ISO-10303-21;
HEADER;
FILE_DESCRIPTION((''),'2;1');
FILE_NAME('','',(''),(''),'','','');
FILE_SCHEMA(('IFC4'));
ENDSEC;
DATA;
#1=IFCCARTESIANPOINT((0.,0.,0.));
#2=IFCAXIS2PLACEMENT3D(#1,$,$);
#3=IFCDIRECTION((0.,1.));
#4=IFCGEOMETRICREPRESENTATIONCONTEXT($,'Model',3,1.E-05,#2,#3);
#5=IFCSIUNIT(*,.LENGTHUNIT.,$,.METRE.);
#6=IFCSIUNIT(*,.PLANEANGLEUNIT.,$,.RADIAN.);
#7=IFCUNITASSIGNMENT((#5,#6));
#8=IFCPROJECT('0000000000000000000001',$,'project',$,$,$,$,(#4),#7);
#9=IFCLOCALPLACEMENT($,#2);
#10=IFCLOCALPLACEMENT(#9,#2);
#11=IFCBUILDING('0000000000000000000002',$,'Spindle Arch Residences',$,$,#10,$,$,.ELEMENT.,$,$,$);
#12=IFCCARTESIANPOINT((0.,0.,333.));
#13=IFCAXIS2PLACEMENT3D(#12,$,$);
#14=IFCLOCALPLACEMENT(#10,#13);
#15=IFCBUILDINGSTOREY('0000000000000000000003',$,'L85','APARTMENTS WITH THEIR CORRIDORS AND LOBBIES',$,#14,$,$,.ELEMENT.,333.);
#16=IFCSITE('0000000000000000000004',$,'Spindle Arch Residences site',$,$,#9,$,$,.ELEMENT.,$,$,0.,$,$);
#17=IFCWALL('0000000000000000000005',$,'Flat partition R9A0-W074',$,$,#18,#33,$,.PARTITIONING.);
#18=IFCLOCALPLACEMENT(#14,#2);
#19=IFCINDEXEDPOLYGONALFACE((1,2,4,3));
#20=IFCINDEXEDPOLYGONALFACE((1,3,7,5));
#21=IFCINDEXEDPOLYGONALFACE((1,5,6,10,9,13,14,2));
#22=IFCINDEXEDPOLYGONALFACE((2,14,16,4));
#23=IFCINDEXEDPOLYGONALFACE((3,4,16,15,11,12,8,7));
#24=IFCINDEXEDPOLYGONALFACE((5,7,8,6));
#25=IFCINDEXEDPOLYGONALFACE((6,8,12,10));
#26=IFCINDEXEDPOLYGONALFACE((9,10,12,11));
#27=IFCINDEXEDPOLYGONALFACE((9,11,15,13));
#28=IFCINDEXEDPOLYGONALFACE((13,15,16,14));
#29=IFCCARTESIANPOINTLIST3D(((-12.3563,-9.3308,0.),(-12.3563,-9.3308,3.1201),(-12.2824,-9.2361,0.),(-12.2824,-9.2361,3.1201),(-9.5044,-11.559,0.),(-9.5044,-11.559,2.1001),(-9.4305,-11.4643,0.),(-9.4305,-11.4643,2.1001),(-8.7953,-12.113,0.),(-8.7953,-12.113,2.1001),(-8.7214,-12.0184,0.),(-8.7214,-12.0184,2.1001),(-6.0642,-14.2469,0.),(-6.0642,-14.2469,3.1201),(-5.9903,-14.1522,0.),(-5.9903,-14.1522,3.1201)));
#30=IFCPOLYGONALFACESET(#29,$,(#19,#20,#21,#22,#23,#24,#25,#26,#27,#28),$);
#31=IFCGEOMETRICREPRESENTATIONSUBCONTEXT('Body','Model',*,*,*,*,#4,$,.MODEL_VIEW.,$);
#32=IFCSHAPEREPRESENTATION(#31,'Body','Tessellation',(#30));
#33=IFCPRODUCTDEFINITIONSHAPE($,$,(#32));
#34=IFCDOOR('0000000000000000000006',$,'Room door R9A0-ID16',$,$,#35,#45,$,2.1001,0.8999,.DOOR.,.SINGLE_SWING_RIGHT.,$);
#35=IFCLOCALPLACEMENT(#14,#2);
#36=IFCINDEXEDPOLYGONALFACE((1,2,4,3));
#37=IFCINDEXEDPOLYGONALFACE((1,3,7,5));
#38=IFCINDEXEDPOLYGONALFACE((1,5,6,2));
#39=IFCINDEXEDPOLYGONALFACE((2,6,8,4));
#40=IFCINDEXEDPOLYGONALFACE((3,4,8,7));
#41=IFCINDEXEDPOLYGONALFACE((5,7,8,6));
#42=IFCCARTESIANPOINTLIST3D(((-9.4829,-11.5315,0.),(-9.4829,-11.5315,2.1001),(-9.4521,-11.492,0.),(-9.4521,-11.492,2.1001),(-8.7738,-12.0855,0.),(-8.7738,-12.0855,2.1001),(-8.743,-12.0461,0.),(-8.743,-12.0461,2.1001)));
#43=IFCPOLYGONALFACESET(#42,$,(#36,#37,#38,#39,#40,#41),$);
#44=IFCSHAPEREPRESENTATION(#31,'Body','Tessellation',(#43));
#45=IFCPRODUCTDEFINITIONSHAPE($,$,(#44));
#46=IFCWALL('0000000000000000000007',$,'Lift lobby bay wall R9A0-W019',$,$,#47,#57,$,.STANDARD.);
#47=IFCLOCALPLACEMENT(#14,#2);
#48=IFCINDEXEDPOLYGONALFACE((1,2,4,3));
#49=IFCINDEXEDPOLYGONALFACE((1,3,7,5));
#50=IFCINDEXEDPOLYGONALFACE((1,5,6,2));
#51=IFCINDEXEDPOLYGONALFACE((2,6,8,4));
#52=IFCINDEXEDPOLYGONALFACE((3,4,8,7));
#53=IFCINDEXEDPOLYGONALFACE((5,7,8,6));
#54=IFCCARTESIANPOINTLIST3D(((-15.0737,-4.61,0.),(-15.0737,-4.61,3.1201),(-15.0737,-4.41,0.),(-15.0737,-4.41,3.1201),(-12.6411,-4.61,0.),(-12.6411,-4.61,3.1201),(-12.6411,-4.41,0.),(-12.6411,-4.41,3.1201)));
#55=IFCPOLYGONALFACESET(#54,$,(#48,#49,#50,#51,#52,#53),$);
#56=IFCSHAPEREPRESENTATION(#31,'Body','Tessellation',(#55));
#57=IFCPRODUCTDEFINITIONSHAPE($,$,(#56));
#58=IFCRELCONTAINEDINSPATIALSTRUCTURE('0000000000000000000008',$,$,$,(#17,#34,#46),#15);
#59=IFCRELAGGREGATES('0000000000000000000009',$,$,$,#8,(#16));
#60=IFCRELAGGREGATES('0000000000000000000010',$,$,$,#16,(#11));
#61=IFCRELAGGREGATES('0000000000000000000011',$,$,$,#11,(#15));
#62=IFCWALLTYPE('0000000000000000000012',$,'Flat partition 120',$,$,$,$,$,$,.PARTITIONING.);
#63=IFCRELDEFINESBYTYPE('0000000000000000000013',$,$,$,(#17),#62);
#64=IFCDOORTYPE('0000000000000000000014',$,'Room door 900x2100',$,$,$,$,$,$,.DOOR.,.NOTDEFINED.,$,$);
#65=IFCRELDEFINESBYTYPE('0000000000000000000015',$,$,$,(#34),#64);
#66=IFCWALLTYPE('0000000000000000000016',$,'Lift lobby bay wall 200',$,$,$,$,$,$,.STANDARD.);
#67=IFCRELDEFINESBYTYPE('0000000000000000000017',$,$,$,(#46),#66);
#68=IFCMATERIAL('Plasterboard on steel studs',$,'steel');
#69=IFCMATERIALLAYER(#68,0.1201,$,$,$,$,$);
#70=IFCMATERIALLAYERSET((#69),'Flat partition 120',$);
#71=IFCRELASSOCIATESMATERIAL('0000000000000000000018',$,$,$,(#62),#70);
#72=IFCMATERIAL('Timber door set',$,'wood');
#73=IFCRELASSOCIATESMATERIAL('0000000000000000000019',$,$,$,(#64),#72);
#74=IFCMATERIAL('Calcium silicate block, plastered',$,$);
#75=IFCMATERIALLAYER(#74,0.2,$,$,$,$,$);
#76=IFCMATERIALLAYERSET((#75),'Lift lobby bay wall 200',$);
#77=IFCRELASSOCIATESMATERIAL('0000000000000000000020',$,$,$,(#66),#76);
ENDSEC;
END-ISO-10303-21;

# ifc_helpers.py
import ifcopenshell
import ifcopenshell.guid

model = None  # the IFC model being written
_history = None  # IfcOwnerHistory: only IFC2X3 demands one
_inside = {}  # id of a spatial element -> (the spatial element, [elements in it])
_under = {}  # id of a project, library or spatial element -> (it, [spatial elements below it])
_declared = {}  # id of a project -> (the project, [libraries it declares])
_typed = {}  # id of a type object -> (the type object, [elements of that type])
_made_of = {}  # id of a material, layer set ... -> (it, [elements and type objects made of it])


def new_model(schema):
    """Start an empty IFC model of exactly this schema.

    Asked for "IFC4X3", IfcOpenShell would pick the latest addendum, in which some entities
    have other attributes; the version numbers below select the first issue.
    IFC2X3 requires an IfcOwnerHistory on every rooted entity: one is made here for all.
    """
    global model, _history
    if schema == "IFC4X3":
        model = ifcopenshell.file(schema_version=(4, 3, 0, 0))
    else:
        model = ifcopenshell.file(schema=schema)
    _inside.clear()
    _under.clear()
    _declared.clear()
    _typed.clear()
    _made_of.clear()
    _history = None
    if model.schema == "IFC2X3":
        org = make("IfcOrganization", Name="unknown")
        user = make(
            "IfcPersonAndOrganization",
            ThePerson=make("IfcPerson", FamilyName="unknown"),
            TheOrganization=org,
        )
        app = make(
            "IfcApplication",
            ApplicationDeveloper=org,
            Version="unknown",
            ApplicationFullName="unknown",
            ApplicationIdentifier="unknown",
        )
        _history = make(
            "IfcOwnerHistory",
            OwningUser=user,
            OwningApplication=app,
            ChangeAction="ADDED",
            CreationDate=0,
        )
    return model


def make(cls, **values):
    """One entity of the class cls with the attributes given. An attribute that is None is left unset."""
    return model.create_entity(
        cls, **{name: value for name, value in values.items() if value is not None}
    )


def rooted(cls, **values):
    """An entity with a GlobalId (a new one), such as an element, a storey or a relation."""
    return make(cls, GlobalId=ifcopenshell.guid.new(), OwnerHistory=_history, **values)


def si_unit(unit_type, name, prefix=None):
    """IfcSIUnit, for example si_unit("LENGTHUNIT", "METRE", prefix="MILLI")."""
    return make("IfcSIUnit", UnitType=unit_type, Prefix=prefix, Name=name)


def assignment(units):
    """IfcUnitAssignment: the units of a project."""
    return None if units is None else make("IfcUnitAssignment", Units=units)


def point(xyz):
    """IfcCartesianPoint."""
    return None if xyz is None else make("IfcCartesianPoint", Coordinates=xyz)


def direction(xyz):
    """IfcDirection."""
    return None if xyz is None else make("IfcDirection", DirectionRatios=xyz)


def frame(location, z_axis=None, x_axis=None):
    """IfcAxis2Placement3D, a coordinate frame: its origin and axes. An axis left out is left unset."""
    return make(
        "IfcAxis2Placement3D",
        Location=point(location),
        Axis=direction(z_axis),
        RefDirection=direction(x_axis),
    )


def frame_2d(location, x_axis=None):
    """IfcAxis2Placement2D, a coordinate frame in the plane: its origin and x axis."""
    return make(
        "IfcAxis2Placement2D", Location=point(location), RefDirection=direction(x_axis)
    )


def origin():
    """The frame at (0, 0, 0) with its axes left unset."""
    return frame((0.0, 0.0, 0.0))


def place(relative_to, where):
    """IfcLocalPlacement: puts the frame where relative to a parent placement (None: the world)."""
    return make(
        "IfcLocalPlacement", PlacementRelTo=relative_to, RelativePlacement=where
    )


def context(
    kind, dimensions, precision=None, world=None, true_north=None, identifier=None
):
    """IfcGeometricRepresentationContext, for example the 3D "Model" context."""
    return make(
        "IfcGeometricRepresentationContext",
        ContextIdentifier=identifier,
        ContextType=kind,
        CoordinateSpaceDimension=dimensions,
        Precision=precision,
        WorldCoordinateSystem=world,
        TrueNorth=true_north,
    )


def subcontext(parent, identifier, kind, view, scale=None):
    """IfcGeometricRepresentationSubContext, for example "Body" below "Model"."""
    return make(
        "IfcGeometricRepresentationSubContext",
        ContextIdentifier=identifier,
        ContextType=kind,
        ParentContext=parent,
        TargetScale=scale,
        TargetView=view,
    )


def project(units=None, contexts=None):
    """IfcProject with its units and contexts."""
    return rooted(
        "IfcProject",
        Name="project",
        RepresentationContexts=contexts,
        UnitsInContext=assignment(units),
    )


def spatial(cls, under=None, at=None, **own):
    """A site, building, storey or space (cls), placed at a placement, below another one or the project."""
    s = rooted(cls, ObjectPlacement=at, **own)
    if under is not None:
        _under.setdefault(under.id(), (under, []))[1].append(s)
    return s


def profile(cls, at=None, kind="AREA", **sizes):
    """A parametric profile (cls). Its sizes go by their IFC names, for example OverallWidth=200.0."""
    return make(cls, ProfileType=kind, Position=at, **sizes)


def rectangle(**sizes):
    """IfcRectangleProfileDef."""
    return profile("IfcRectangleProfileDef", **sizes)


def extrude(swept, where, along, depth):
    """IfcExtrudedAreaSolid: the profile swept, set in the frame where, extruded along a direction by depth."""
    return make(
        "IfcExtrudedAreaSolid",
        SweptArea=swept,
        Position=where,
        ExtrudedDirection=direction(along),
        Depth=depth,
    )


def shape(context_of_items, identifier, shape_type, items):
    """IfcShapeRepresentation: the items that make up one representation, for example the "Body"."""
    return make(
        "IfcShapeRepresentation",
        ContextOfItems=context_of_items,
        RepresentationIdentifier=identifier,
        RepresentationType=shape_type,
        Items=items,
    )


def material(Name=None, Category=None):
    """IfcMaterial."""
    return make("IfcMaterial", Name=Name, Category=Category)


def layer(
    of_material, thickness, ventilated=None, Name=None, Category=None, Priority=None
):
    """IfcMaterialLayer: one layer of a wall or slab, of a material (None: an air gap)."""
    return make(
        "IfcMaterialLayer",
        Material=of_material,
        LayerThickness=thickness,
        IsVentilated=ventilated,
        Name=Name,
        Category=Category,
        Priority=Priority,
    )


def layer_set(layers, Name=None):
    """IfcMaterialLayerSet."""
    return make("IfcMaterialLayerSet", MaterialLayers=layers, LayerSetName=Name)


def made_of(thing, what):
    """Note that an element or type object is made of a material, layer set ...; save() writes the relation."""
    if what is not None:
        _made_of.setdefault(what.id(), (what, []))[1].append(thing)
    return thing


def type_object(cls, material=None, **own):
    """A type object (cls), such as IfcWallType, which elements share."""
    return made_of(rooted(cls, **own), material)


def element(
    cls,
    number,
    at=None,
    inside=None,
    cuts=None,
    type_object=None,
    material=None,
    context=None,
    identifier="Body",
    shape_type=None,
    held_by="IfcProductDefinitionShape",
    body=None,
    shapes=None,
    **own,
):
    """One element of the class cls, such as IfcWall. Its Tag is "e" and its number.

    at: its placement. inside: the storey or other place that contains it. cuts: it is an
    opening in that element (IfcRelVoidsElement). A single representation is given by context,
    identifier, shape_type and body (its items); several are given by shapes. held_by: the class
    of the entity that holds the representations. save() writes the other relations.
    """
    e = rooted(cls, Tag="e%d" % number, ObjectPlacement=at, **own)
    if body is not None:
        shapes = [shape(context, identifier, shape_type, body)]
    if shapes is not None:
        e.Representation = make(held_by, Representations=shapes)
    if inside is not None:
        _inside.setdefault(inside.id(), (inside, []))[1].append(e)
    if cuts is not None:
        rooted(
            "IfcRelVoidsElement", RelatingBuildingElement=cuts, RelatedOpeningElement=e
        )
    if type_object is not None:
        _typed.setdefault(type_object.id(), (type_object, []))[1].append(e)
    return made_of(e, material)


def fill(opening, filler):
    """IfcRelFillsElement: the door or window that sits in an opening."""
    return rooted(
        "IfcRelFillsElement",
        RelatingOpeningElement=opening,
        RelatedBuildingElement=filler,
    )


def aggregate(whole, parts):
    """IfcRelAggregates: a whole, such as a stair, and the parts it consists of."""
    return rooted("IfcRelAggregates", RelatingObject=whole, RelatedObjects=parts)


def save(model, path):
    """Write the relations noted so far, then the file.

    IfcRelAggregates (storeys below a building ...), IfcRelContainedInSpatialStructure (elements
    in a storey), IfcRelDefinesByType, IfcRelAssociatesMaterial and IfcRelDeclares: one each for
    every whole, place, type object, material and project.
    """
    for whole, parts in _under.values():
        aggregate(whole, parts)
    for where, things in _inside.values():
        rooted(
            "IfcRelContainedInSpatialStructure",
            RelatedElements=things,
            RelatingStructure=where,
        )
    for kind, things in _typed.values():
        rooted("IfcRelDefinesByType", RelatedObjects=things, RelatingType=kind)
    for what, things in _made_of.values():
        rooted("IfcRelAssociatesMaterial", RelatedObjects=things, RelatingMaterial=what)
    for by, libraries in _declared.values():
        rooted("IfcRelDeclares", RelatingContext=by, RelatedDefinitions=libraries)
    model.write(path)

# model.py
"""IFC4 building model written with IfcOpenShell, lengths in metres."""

from ifc_helpers import new_model, si_unit, direction, frame, frame_2d, origin, place, context, subcontext, project, spatial, rectangle, extrude, material, layer, layer_set, type_object, element, fill, save


model = new_model("IFC4")

# Units and contexts
model_context = context("Model", 3, precision=1e-05, world=origin(), true_north=direction((0.0, 1.0)))
body_context = subcontext(model_context, "Body", "Model", "MODEL_VIEW")
ifc_project = project(units=[si_unit("LENGTHUNIT", "METRE"), si_unit("PLANEANGLEUNIT", "RADIAN")], contexts=[model_context])

# Site, building, storey
site_placement = place(None, origin())
site = spatial("IfcSite", under=ifc_project, at=site_placement, Name="Spindle Arch Residences site", CompositionType="ELEMENT", RefElevation=0.0)
building_placement = place(site_placement, origin())
building = spatial("IfcBuilding", under=site, at=building_placement, Name="Spindle Arch Residences", CompositionType="ELEMENT")
storey_placement = place(building_placement, frame((0.0, 0.0, 333.0)))
storey = spatial("IfcBuildingStorey", under=building, at=storey_placement, Name="L85", Description="APARTMENTS WITH THEIR CORRIDORS AND LOBBIES", CompositionType="ELEMENT", Elevation=333.0)

# Shared definitions
ifc_material_1 = material(Name="Plasterboard on steel studs", Category="steel")
ifc_layer_1 = layer(ifc_material_1, 0.1201)
ifc_layer_set_1 = layer_set([ifc_layer_1], Name="Flat partition 120")
wall_type_1 = type_object("IfcWallType", Name="Flat partition 120", PredefinedType="PARTITIONING", material=ifc_layer_set_1)
ifc_material_2 = material(Name="Timber door set", Category="wood")
door_type_1 = type_object("IfcDoorType", Name="Room door 900x2100", OperationType="NOTDEFINED", PredefinedType="DOOR", material=ifc_material_2)

# Wall, opening, door
wall_1_placement = place(storey_placement, frame((-12.3193, -9.2834, 0.0), z_axis=(0.0, 0.0, 1.0), x_axis=(0.788, -0.615675, 0.0)))
wall_1 = element("IfcWall", 1, at=wall_1_placement, inside=storey, type_object=wall_type_1, Name="Flat partition R9A0-W074", PredefinedType="PARTITIONING", context=body_context, shape_type="SweptSolid", body=[
    extrude(rectangle(XDim=7.9849, YDim=0.1201, at=frame_2d((3.9924, 0.0))), origin(), (0.0, 0.0, 1.0), 3.1201),
])
opening_1_placement = place(wall_1_placement, frame((3.6191, 0.0, 0.0)))
opening_1 = element("IfcOpeningElement", 2, at=opening_1_placement, cuts=wall_1, PredefinedType="OPENING", context=body_context, shape_type="SweptSolid", body=[
    extrude(rectangle(XDim=0.8999, YDim=2.1001, at=frame_2d((0.45, 1.05))), frame((0.0, 0.0701, 0.0), z_axis=(0.0, -1.0, 0.0), x_axis=(1.0, 0.0, 0.0)), (0.0, 0.0, 1.0), 0.1401),
])
door_1_placement = place(opening_1_placement, origin())
door_1 = element("IfcDoor", 3, at=door_1_placement, inside=storey, type_object=door_type_1, Name="Room door R9A0-ID16", OperationType="SINGLE_SWING_RIGHT", OverallHeight=2.1001, OverallWidth=0.8999, PredefinedType="DOOR", context=body_context, shape_type="SweptSolid", body=[
    extrude(rectangle(XDim=0.8999, YDim=2.1001, at=frame_2d((0.45, 1.05))), frame((0.0, 0.0249, 0.0), z_axis=(0.0, -1.0, 0.0), x_axis=(1.0, 0.0, 0.0)), (0.0, 0.0, 1.0), 0.05),
])
fill(opening_1, door_1)

# Wall
ifc_material_3 = material(Name="Calcium silicate block, plastered")
ifc_layer_2 = layer(ifc_material_3, 0.2)
ifc_layer_set_2 = layer_set([ifc_layer_2], Name="Lift lobby bay wall 200")
wall_type_2 = type_object("IfcWallType", Name="Lift lobby bay wall 200", PredefinedType="STANDARD", material=ifc_layer_set_2)
wall_2_placement = place(storey_placement, frame((-15.0737, -4.51, 0.0), z_axis=(0.0, 0.0, 1.0), x_axis=(1.0, 0.0, 0.0)))
element("IfcWall", 4, at=wall_2_placement, inside=storey, type_object=wall_type_2, Name="Lift lobby bay wall R9A0-W019", PredefinedType="STANDARD", context=body_context, shape_type="SweptSolid", body=[
    extrude(rectangle(XDim=2.4326, YDim=0.2, at=frame_2d((1.2163, 0.0))), origin(), (0.0, 0.0, 1.0), 3.1201),
])

save(model, "model.ifc")
